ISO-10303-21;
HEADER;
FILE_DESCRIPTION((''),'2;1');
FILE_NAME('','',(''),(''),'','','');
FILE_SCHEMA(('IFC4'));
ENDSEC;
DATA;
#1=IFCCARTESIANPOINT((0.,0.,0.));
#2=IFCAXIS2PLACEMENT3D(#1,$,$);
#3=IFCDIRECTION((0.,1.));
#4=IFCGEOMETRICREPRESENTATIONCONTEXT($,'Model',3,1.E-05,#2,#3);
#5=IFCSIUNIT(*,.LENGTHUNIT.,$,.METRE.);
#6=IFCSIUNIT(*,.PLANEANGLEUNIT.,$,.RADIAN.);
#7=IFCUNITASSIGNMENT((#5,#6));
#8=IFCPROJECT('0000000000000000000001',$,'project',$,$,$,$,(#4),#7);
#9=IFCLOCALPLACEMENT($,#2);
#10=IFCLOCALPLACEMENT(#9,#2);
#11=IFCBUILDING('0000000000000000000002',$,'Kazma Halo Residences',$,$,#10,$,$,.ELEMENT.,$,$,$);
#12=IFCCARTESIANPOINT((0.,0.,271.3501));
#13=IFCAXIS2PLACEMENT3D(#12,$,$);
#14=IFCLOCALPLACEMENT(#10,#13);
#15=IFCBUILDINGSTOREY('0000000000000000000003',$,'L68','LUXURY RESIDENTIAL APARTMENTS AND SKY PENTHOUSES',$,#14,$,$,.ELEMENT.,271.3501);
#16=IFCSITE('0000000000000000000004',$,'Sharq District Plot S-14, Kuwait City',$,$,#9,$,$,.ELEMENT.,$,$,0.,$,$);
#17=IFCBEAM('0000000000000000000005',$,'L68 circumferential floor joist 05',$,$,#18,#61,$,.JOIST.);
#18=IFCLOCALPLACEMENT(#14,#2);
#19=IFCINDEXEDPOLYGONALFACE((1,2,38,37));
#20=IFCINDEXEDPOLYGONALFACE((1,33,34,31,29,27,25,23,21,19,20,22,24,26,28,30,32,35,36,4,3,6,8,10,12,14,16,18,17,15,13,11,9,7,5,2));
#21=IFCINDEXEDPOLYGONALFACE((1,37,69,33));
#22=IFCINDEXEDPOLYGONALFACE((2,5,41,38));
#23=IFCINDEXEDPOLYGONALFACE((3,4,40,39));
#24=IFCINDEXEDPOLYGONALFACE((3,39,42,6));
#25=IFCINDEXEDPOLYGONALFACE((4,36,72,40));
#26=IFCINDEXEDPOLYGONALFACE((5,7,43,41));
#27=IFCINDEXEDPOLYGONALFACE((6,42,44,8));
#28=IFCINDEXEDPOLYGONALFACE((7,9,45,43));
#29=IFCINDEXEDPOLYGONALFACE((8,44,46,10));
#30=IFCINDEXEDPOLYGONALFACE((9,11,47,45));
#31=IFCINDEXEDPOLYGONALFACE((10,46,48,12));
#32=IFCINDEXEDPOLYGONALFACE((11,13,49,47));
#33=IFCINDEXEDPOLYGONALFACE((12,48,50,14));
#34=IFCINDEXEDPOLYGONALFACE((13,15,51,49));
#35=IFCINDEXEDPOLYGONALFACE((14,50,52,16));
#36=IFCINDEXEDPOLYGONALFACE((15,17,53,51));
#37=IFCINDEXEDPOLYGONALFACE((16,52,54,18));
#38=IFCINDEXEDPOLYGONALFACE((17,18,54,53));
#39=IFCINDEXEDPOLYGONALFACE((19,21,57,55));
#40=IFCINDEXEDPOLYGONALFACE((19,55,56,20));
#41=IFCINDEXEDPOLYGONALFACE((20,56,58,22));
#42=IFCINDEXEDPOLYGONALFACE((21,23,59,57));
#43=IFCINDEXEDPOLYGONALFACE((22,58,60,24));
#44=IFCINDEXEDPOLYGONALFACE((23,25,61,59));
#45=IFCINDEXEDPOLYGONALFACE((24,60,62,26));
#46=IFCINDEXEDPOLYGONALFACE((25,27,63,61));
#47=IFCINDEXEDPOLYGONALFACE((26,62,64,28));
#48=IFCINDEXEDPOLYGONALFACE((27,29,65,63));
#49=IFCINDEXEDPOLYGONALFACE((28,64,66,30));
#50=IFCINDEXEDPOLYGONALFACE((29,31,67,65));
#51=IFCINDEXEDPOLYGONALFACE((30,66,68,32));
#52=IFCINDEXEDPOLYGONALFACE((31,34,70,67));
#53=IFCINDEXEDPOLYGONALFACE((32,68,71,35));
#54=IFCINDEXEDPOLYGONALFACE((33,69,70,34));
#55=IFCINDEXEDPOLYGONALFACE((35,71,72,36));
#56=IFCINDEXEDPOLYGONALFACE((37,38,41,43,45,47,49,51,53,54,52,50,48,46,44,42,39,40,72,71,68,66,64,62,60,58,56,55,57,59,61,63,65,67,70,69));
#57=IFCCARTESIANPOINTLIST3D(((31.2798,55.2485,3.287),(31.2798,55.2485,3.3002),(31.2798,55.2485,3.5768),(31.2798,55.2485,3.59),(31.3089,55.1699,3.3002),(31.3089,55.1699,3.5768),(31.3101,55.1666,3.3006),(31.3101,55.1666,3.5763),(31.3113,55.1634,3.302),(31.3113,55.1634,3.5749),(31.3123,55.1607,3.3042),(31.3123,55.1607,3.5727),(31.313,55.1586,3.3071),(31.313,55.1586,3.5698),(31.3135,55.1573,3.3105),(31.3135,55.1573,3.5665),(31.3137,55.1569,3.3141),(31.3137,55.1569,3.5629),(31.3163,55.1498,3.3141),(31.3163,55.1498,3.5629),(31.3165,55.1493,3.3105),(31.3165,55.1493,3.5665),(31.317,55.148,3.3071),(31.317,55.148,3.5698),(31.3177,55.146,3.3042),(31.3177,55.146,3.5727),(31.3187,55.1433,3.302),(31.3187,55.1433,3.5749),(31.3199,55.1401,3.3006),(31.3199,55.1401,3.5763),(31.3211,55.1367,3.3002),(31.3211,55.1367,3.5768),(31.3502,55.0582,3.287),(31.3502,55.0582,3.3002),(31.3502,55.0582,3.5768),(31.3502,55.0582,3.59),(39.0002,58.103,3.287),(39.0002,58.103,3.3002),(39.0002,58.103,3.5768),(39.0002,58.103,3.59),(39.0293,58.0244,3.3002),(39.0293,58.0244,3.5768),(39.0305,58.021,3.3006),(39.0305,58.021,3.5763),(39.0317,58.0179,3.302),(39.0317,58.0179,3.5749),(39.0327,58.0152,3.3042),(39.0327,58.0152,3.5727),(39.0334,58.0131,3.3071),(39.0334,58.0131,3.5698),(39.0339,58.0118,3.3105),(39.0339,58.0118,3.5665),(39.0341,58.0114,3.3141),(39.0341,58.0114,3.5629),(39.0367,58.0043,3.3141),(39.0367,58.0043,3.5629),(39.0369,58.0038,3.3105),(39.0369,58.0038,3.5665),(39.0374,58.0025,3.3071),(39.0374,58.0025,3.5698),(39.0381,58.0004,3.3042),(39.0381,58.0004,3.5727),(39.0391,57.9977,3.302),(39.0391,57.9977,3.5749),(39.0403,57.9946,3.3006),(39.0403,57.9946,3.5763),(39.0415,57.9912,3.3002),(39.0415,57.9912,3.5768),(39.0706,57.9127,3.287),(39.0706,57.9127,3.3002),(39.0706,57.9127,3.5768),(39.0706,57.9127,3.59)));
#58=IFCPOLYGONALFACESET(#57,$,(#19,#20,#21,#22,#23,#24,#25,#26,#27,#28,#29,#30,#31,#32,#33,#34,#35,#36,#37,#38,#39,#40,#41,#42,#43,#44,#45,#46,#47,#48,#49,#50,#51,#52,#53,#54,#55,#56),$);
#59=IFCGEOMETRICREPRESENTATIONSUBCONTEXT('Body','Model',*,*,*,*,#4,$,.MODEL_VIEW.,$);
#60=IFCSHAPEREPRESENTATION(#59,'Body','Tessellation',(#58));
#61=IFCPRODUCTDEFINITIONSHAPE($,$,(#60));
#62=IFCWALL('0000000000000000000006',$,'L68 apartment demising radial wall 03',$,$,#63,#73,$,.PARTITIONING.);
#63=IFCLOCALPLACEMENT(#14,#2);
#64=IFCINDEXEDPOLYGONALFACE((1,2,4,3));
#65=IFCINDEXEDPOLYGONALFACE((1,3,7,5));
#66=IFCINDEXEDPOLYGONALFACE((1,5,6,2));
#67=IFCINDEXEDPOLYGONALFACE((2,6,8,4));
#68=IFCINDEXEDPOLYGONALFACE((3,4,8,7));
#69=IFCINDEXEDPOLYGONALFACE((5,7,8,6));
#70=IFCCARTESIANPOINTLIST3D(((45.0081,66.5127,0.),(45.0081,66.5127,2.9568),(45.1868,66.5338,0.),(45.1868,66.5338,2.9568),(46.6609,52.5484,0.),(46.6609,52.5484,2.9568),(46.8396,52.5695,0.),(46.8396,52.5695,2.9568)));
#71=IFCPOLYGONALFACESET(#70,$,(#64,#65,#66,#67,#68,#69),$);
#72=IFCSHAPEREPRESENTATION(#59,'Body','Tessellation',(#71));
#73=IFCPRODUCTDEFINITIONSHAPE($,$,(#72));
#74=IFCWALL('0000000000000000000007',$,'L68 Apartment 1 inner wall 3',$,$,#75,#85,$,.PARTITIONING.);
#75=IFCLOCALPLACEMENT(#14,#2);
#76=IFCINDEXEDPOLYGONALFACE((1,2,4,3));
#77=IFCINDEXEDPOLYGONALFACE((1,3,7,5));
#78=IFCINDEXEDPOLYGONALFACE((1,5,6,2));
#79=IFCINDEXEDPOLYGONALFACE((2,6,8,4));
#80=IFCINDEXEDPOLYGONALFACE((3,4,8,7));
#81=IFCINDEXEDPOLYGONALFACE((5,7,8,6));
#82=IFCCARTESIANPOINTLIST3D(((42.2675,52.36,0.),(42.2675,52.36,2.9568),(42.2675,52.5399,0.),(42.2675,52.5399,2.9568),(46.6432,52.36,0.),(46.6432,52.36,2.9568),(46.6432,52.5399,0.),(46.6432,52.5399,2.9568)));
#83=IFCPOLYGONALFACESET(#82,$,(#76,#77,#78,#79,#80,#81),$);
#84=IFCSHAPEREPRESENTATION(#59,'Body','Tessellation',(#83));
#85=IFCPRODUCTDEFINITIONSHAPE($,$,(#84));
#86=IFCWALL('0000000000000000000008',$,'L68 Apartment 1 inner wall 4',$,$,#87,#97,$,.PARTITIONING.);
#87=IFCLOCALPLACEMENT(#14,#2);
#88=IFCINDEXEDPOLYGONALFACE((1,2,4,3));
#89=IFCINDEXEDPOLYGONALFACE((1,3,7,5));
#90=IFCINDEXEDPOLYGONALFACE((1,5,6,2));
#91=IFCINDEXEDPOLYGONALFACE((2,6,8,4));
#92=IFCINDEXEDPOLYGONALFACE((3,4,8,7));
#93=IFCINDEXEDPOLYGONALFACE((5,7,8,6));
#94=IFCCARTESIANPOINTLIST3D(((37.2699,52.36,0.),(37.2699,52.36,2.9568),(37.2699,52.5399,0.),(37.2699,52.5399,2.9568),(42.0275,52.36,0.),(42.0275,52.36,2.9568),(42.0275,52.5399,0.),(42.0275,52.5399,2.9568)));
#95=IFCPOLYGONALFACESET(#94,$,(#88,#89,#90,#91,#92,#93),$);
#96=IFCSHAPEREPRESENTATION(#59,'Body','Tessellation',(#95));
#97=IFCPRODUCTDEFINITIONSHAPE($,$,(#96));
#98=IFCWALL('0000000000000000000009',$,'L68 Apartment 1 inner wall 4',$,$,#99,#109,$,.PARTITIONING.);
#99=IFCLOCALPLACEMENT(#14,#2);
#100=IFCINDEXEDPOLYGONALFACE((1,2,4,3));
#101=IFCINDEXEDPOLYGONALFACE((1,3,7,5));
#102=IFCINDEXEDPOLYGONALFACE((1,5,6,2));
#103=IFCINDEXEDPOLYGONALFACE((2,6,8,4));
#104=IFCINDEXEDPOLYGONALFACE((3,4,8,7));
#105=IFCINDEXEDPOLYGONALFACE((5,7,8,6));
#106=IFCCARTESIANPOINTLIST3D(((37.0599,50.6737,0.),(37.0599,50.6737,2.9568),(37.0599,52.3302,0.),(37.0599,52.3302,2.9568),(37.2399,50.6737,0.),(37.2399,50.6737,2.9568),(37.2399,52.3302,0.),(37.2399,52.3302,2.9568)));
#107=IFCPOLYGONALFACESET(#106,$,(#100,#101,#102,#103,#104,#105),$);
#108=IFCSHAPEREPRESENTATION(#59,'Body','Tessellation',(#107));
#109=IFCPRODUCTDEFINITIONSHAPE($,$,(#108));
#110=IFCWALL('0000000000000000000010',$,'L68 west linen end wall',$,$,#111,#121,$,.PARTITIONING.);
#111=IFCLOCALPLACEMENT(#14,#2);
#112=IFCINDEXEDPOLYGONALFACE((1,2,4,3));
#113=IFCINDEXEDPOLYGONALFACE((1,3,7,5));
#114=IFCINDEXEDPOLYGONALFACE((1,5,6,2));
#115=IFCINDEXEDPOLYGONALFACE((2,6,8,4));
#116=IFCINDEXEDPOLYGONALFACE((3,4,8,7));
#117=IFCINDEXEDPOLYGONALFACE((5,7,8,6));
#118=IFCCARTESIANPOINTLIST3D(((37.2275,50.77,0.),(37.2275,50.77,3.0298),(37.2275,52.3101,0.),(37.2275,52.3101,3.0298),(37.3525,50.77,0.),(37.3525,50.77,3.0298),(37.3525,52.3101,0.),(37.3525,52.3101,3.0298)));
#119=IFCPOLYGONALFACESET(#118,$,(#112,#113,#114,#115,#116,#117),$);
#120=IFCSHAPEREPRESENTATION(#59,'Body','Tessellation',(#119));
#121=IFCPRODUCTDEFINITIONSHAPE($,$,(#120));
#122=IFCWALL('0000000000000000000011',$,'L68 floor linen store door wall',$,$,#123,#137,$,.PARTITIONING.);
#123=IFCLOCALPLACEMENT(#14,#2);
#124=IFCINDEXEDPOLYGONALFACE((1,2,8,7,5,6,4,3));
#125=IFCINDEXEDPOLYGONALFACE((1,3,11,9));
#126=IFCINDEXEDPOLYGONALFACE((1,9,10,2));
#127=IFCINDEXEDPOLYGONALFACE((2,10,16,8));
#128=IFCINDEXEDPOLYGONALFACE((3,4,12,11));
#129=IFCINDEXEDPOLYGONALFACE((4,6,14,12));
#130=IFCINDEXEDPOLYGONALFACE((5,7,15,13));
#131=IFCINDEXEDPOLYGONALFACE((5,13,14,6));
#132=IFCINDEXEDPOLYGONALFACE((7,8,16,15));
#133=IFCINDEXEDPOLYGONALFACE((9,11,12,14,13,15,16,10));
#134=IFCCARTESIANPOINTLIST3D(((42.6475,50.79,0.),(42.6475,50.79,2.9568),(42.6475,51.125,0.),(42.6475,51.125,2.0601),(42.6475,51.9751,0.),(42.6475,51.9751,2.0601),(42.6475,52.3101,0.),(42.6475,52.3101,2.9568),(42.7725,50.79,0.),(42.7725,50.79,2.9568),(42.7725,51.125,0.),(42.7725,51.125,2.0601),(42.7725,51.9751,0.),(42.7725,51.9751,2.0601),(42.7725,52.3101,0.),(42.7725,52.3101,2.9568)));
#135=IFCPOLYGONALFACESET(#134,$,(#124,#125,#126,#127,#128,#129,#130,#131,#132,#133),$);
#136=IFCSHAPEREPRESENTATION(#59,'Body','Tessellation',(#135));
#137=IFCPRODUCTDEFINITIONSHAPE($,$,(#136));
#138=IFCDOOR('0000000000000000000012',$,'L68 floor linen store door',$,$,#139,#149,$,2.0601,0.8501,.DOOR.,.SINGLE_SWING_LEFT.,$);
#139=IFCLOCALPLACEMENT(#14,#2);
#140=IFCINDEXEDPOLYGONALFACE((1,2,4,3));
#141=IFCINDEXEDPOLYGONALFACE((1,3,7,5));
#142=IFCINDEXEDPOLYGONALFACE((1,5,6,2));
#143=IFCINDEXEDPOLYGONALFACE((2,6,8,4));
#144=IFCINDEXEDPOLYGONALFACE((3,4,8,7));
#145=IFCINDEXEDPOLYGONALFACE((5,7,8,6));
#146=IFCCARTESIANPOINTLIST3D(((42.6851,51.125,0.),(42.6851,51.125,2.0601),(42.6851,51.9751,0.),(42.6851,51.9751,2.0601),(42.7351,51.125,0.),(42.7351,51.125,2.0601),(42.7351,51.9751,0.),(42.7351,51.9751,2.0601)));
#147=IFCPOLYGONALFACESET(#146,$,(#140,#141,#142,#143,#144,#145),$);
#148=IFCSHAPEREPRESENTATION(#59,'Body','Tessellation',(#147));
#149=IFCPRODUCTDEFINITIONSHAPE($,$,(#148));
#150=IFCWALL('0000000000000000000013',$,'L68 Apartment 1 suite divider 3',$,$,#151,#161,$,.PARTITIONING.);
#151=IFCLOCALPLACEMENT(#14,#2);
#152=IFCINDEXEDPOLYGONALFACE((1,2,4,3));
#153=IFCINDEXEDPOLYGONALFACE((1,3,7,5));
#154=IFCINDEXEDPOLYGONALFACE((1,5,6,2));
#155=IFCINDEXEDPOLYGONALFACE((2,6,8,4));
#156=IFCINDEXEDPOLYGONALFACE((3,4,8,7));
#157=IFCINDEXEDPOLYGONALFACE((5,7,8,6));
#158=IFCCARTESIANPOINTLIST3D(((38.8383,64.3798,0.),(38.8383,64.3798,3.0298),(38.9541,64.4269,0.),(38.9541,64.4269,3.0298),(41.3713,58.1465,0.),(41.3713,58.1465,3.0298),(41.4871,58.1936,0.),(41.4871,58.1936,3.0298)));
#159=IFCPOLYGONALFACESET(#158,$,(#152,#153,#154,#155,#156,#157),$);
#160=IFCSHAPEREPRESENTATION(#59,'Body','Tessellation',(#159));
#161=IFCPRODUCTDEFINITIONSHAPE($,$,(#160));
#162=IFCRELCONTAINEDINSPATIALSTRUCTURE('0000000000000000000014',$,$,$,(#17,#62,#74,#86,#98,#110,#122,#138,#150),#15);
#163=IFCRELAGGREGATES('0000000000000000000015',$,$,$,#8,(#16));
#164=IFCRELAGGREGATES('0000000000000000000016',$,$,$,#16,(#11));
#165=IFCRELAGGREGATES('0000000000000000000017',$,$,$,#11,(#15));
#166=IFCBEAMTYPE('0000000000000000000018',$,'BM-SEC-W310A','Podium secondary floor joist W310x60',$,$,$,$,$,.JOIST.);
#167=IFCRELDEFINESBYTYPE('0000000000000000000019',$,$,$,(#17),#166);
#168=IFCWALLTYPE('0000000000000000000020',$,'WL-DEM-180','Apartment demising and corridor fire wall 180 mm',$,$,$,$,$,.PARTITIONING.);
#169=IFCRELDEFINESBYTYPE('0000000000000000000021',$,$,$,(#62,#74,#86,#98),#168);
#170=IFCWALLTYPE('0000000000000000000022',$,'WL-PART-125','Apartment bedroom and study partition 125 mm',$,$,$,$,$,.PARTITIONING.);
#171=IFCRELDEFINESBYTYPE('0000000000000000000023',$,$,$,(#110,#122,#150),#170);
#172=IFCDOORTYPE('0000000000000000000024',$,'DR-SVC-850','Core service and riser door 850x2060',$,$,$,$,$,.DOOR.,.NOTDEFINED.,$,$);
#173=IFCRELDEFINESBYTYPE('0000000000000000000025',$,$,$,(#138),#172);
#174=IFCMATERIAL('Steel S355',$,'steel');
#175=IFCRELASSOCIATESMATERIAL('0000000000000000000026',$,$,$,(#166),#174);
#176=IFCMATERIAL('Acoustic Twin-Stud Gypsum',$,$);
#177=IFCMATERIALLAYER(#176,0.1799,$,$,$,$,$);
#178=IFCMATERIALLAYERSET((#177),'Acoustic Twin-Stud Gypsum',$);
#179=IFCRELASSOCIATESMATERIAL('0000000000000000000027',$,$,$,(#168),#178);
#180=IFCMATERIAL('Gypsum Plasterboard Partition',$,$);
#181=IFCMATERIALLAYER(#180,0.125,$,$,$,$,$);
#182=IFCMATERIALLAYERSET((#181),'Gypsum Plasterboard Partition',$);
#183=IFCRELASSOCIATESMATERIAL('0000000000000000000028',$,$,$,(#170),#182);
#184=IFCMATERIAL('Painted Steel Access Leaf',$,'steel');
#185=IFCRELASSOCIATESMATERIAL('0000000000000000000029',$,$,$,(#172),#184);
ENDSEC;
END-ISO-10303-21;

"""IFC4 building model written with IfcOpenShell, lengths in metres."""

from ifc_helpers import new_model, si_unit, direction, frame, frame_2d, origin, origin_2d, place, context, subcontext, project, spatial, rectangle, i_section, extrude, material, layer, layer_set, material_profile, profile_set, type_object, element, fill, save


model = new_model("IFC4")

# Units and contexts
model_context = context("Model", 3, precision=1e-05, world=origin(), true_north=direction((0.0, 1.0)))
body_context = subcontext(model_context, "Body", "Model", "MODEL_VIEW")
ifc_project = project(units=[si_unit("LENGTHUNIT", "METRE"), si_unit("PLANEANGLEUNIT", "RADIAN")], contexts=[model_context])

# Site, building, storey
site_placement = place(None, origin())
site = spatial("IfcSite", under=ifc_project, at=site_placement, Name="Sharq District Plot S-14, Kuwait City", CompositionType="ELEMENT", RefElevation=0.0)
building_placement = place(site_placement, origin())
building = spatial("IfcBuilding", under=site, at=building_placement, Name="Kazma Halo Residences", CompositionType="ELEMENT")
storey_placement = place(building_placement, frame((0.0, 0.0, 271.3501)))
storey = spatial("IfcBuildingStorey", under=building, at=storey_placement, Name="L68", Description="LUXURY RESIDENTIAL APARTMENTS AND SKY PENTHOUSES", CompositionType="ELEMENT", Elevation=271.3501)

# Beam
ifc_material_1 = material(Name="Steel S355", Category="steel")
ifc_material_profile = material_profile(ifc_material_1, i_section(OverallWidth=0.2029, OverallDepth=0.303, WebThickness=0.0076, FlangeThickness=0.0132, FilletRadius=0.0139, at=origin_2d()), Name="W310x60")
ifc_profile_set = profile_set([ifc_material_profile], Name="Steel S355")
beam_type = type_object("IfcBeamType", Name="BM-SEC-W310A", Description="Podium secondary floor joist W310x60", PredefinedType="JOIST", material=ifc_profile_set)
beam_placement = place(storey_placement, frame((39.0354, 58.0078, 3.4385), z_axis=(-0.937944, -0.346787, 0.0), x_axis=(0.346787, -0.937944, 0.0)))
element("IfcBeam", 1, at=beam_placement, inside=storey, type_object=beam_type, Name="L68 circumferential floor joist 05", PredefinedType="JOIST", context=body_context, shape_type="SweptSolid", body=[
    extrude(i_section(OverallWidth=0.2029, OverallDepth=0.303, WebThickness=0.0076, FlangeThickness=0.0132, FilletRadius=0.0139, at=origin_2d()), origin(), (0.0, 0.0, 1.0), 8.2312),
])

# Walls
ifc_material_2 = material(Name="Acoustic Twin-Stud Gypsum")
ifc_layer_1 = layer(ifc_material_2, 0.1799)
ifc_layer_set_1 = layer_set([ifc_layer_1], Name="Acoustic Twin-Stud Gypsum")
wall_type_1 = type_object("IfcWallType", Name="WL-DEM-180", Description="Apartment demising and corridor fire wall 180 mm", PredefinedType="PARTITIONING", material=ifc_layer_set_1)
wall_1_placement = place(storey_placement, frame((46.7502, 52.5591, 0.0), z_axis=(0.0, 0.0, 1.0), x_axis=(-0.11754, 0.993068, 0.0)))
element("IfcWall", 2, at=wall_1_placement, inside=storey, type_object=wall_type_1, Name="L68 apartment demising radial wall 03", PredefinedType="PARTITIONING", context=body_context, shape_type="SweptSolid", body=[
    extrude(rectangle(XDim=14.0618, YDim=0.1799, at=frame_2d((7.0308, 0.0))), origin(), (0.0, 0.0, 1.0), 2.9568),
])
wall_2_placement = place(storey_placement, frame((46.6433, 52.45, 0.0), z_axis=(0.0, 0.0, 1.0), x_axis=(-1.0, 0.0, 0.0)))
element("IfcWall", 3, at=wall_2_placement, inside=storey, type_object=wall_type_1, Name="L68 Apartment 1 inner wall 3", PredefinedType="PARTITIONING", context=body_context, shape_type="SweptSolid", body=[
    extrude(rectangle(XDim=4.3757, YDim=0.1799, at=frame_2d((2.188, 0.0))), origin(), (0.0, 0.0, 1.0), 2.9568),
])
wall_3_placement = place(storey_placement, frame((42.0276, 52.45, 0.0), z_axis=(0.0, 0.0, 1.0), x_axis=(-1.0, 0.0, 0.0)))
element("IfcWall", 4, at=wall_3_placement, inside=storey, type_object=wall_type_1, Name="L68 Apartment 1 inner wall 4", PredefinedType="PARTITIONING", context=body_context, shape_type="SweptSolid", body=[
    extrude(rectangle(XDim=4.7576, YDim=0.1799, at=frame_2d((2.3789, 0.0))), origin(), (0.0, 0.0, 1.0), 2.9568),
])
wall_4_placement = place(storey_placement, frame((37.1499, 52.3301, 0.0), z_axis=(0.0, 0.0, 1.0), x_axis=(0.0, -1.0, 0.0)))
element("IfcWall", 5, at=wall_4_placement, inside=storey, type_object=wall_type_1, Name="L68 Apartment 1 inner wall 4", PredefinedType="PARTITIONING", context=body_context, shape_type="SweptSolid", body=[
    extrude(rectangle(XDim=1.6565, YDim=0.1799, at=frame_2d((0.8281, 0.0))), origin(), (0.0, 0.0, 1.0), 2.9568),
])
ifc_material_3 = material(Name="Gypsum Plasterboard Partition")
ifc_layer_2 = layer(ifc_material_3, 0.125)
ifc_layer_set_2 = layer_set([ifc_layer_2], Name="Gypsum Plasterboard Partition")
wall_type_2 = type_object("IfcWallType", Name="WL-PART-125", Description="Apartment bedroom and study partition 125 mm", PredefinedType="PARTITIONING", material=ifc_layer_set_2)
wall_5_placement = place(storey_placement, frame((37.29, 50.77, 0.0), z_axis=(0.0, 0.0, 1.0), x_axis=(0.0, 1.0, 0.0)))
element("IfcWall", 6, at=wall_5_placement, inside=storey, type_object=wall_type_2, Name="L68 west linen end wall", PredefinedType="PARTITIONING", context=body_context, shape_type="SweptSolid", body=[
    extrude(rectangle(XDim=1.54, YDim=0.125, at=frame_2d((0.77, 0.0))), origin(), (0.0, 0.0, 1.0), 3.0298),
])

# Wall, opening, door
wall_6_placement = place(storey_placement, frame((42.71, 50.79, 0.0), z_axis=(0.0, 0.0, 1.0), x_axis=(0.0, 1.0, 0.0)))
wall_6 = element("IfcWall", 7, at=wall_6_placement, inside=storey, type_object=wall_type_2, Name="L68 floor linen store door wall", PredefinedType="PARTITIONING", context=body_context, shape_type="SweptSolid", body=[
    extrude(rectangle(XDim=1.52, YDim=0.125, at=frame_2d((0.76, 0.0))), origin(), (0.0, 0.0, 1.0), 2.9568),
])
opening_1_placement = place(wall_6_placement, frame((0.335, 0.0, 0.0)))
opening_1 = element("IfcOpeningElement", 8, at=opening_1_placement, cuts=wall_6, PredefinedType="OPENING", context=body_context, shape_type="SweptSolid", body=[
    extrude(rectangle(XDim=0.8501, YDim=2.0601, at=frame_2d((0.425, 1.03))), frame((0.0, 0.0725, 0.0), z_axis=(0.0, -1.0, 0.0), x_axis=(1.0, 0.0, 0.0)), (0.0, 0.0, 1.0), 0.145),
])
ifc_material_4 = material(Name="Painted Steel Access Leaf", Category="steel")
door_type_1 = type_object("IfcDoorType", Name="DR-SVC-850", Description="Core service and riser door 850x2060", OperationType="NOTDEFINED", PredefinedType="DOOR", material=ifc_material_4)
door_1_placement = place(opening_1_placement, origin())
door_1 = element("IfcDoor", 9, at=door_1_placement, inside=storey, type_object=door_type_1, Name="L68 floor linen store door", OperationType="SINGLE_SWING_LEFT", OverallHeight=2.0601, OverallWidth=0.8501, PredefinedType="DOOR", context=body_context, shape_type="SweptSolid", body=[
    extrude(rectangle(XDim=0.8501, YDim=2.0601, at=frame_2d((0.425, 1.03))), frame((0.0, 0.0249, 0.0), z_axis=(0.0, -1.0, 0.0), x_axis=(1.0, 0.0, 0.0)), (0.0, 0.0, 1.0), 0.05),
])
fill(opening_1, door_1)

# Wall
wall_7_placement = place(storey_placement, frame((41.4292, 58.1699, 0.0), z_axis=(0.0, 0.0, 1.0), x_axis=(-0.376459, 0.926433, 0.0)))
element("IfcWall", 10, at=wall_7_placement, inside=storey, type_object=wall_type_2, Name="L68 Apartment 1 suite divider 3", PredefinedType="PARTITIONING", context=body_context, shape_type="SweptSolid", body=[
    extrude(rectangle(XDim=6.7283, YDim=0.125, at=frame_2d((3.3643, 0.0))), origin(), (0.0, 0.0, 1.0), 3.0298),
])

save(model, "model.ifc")
